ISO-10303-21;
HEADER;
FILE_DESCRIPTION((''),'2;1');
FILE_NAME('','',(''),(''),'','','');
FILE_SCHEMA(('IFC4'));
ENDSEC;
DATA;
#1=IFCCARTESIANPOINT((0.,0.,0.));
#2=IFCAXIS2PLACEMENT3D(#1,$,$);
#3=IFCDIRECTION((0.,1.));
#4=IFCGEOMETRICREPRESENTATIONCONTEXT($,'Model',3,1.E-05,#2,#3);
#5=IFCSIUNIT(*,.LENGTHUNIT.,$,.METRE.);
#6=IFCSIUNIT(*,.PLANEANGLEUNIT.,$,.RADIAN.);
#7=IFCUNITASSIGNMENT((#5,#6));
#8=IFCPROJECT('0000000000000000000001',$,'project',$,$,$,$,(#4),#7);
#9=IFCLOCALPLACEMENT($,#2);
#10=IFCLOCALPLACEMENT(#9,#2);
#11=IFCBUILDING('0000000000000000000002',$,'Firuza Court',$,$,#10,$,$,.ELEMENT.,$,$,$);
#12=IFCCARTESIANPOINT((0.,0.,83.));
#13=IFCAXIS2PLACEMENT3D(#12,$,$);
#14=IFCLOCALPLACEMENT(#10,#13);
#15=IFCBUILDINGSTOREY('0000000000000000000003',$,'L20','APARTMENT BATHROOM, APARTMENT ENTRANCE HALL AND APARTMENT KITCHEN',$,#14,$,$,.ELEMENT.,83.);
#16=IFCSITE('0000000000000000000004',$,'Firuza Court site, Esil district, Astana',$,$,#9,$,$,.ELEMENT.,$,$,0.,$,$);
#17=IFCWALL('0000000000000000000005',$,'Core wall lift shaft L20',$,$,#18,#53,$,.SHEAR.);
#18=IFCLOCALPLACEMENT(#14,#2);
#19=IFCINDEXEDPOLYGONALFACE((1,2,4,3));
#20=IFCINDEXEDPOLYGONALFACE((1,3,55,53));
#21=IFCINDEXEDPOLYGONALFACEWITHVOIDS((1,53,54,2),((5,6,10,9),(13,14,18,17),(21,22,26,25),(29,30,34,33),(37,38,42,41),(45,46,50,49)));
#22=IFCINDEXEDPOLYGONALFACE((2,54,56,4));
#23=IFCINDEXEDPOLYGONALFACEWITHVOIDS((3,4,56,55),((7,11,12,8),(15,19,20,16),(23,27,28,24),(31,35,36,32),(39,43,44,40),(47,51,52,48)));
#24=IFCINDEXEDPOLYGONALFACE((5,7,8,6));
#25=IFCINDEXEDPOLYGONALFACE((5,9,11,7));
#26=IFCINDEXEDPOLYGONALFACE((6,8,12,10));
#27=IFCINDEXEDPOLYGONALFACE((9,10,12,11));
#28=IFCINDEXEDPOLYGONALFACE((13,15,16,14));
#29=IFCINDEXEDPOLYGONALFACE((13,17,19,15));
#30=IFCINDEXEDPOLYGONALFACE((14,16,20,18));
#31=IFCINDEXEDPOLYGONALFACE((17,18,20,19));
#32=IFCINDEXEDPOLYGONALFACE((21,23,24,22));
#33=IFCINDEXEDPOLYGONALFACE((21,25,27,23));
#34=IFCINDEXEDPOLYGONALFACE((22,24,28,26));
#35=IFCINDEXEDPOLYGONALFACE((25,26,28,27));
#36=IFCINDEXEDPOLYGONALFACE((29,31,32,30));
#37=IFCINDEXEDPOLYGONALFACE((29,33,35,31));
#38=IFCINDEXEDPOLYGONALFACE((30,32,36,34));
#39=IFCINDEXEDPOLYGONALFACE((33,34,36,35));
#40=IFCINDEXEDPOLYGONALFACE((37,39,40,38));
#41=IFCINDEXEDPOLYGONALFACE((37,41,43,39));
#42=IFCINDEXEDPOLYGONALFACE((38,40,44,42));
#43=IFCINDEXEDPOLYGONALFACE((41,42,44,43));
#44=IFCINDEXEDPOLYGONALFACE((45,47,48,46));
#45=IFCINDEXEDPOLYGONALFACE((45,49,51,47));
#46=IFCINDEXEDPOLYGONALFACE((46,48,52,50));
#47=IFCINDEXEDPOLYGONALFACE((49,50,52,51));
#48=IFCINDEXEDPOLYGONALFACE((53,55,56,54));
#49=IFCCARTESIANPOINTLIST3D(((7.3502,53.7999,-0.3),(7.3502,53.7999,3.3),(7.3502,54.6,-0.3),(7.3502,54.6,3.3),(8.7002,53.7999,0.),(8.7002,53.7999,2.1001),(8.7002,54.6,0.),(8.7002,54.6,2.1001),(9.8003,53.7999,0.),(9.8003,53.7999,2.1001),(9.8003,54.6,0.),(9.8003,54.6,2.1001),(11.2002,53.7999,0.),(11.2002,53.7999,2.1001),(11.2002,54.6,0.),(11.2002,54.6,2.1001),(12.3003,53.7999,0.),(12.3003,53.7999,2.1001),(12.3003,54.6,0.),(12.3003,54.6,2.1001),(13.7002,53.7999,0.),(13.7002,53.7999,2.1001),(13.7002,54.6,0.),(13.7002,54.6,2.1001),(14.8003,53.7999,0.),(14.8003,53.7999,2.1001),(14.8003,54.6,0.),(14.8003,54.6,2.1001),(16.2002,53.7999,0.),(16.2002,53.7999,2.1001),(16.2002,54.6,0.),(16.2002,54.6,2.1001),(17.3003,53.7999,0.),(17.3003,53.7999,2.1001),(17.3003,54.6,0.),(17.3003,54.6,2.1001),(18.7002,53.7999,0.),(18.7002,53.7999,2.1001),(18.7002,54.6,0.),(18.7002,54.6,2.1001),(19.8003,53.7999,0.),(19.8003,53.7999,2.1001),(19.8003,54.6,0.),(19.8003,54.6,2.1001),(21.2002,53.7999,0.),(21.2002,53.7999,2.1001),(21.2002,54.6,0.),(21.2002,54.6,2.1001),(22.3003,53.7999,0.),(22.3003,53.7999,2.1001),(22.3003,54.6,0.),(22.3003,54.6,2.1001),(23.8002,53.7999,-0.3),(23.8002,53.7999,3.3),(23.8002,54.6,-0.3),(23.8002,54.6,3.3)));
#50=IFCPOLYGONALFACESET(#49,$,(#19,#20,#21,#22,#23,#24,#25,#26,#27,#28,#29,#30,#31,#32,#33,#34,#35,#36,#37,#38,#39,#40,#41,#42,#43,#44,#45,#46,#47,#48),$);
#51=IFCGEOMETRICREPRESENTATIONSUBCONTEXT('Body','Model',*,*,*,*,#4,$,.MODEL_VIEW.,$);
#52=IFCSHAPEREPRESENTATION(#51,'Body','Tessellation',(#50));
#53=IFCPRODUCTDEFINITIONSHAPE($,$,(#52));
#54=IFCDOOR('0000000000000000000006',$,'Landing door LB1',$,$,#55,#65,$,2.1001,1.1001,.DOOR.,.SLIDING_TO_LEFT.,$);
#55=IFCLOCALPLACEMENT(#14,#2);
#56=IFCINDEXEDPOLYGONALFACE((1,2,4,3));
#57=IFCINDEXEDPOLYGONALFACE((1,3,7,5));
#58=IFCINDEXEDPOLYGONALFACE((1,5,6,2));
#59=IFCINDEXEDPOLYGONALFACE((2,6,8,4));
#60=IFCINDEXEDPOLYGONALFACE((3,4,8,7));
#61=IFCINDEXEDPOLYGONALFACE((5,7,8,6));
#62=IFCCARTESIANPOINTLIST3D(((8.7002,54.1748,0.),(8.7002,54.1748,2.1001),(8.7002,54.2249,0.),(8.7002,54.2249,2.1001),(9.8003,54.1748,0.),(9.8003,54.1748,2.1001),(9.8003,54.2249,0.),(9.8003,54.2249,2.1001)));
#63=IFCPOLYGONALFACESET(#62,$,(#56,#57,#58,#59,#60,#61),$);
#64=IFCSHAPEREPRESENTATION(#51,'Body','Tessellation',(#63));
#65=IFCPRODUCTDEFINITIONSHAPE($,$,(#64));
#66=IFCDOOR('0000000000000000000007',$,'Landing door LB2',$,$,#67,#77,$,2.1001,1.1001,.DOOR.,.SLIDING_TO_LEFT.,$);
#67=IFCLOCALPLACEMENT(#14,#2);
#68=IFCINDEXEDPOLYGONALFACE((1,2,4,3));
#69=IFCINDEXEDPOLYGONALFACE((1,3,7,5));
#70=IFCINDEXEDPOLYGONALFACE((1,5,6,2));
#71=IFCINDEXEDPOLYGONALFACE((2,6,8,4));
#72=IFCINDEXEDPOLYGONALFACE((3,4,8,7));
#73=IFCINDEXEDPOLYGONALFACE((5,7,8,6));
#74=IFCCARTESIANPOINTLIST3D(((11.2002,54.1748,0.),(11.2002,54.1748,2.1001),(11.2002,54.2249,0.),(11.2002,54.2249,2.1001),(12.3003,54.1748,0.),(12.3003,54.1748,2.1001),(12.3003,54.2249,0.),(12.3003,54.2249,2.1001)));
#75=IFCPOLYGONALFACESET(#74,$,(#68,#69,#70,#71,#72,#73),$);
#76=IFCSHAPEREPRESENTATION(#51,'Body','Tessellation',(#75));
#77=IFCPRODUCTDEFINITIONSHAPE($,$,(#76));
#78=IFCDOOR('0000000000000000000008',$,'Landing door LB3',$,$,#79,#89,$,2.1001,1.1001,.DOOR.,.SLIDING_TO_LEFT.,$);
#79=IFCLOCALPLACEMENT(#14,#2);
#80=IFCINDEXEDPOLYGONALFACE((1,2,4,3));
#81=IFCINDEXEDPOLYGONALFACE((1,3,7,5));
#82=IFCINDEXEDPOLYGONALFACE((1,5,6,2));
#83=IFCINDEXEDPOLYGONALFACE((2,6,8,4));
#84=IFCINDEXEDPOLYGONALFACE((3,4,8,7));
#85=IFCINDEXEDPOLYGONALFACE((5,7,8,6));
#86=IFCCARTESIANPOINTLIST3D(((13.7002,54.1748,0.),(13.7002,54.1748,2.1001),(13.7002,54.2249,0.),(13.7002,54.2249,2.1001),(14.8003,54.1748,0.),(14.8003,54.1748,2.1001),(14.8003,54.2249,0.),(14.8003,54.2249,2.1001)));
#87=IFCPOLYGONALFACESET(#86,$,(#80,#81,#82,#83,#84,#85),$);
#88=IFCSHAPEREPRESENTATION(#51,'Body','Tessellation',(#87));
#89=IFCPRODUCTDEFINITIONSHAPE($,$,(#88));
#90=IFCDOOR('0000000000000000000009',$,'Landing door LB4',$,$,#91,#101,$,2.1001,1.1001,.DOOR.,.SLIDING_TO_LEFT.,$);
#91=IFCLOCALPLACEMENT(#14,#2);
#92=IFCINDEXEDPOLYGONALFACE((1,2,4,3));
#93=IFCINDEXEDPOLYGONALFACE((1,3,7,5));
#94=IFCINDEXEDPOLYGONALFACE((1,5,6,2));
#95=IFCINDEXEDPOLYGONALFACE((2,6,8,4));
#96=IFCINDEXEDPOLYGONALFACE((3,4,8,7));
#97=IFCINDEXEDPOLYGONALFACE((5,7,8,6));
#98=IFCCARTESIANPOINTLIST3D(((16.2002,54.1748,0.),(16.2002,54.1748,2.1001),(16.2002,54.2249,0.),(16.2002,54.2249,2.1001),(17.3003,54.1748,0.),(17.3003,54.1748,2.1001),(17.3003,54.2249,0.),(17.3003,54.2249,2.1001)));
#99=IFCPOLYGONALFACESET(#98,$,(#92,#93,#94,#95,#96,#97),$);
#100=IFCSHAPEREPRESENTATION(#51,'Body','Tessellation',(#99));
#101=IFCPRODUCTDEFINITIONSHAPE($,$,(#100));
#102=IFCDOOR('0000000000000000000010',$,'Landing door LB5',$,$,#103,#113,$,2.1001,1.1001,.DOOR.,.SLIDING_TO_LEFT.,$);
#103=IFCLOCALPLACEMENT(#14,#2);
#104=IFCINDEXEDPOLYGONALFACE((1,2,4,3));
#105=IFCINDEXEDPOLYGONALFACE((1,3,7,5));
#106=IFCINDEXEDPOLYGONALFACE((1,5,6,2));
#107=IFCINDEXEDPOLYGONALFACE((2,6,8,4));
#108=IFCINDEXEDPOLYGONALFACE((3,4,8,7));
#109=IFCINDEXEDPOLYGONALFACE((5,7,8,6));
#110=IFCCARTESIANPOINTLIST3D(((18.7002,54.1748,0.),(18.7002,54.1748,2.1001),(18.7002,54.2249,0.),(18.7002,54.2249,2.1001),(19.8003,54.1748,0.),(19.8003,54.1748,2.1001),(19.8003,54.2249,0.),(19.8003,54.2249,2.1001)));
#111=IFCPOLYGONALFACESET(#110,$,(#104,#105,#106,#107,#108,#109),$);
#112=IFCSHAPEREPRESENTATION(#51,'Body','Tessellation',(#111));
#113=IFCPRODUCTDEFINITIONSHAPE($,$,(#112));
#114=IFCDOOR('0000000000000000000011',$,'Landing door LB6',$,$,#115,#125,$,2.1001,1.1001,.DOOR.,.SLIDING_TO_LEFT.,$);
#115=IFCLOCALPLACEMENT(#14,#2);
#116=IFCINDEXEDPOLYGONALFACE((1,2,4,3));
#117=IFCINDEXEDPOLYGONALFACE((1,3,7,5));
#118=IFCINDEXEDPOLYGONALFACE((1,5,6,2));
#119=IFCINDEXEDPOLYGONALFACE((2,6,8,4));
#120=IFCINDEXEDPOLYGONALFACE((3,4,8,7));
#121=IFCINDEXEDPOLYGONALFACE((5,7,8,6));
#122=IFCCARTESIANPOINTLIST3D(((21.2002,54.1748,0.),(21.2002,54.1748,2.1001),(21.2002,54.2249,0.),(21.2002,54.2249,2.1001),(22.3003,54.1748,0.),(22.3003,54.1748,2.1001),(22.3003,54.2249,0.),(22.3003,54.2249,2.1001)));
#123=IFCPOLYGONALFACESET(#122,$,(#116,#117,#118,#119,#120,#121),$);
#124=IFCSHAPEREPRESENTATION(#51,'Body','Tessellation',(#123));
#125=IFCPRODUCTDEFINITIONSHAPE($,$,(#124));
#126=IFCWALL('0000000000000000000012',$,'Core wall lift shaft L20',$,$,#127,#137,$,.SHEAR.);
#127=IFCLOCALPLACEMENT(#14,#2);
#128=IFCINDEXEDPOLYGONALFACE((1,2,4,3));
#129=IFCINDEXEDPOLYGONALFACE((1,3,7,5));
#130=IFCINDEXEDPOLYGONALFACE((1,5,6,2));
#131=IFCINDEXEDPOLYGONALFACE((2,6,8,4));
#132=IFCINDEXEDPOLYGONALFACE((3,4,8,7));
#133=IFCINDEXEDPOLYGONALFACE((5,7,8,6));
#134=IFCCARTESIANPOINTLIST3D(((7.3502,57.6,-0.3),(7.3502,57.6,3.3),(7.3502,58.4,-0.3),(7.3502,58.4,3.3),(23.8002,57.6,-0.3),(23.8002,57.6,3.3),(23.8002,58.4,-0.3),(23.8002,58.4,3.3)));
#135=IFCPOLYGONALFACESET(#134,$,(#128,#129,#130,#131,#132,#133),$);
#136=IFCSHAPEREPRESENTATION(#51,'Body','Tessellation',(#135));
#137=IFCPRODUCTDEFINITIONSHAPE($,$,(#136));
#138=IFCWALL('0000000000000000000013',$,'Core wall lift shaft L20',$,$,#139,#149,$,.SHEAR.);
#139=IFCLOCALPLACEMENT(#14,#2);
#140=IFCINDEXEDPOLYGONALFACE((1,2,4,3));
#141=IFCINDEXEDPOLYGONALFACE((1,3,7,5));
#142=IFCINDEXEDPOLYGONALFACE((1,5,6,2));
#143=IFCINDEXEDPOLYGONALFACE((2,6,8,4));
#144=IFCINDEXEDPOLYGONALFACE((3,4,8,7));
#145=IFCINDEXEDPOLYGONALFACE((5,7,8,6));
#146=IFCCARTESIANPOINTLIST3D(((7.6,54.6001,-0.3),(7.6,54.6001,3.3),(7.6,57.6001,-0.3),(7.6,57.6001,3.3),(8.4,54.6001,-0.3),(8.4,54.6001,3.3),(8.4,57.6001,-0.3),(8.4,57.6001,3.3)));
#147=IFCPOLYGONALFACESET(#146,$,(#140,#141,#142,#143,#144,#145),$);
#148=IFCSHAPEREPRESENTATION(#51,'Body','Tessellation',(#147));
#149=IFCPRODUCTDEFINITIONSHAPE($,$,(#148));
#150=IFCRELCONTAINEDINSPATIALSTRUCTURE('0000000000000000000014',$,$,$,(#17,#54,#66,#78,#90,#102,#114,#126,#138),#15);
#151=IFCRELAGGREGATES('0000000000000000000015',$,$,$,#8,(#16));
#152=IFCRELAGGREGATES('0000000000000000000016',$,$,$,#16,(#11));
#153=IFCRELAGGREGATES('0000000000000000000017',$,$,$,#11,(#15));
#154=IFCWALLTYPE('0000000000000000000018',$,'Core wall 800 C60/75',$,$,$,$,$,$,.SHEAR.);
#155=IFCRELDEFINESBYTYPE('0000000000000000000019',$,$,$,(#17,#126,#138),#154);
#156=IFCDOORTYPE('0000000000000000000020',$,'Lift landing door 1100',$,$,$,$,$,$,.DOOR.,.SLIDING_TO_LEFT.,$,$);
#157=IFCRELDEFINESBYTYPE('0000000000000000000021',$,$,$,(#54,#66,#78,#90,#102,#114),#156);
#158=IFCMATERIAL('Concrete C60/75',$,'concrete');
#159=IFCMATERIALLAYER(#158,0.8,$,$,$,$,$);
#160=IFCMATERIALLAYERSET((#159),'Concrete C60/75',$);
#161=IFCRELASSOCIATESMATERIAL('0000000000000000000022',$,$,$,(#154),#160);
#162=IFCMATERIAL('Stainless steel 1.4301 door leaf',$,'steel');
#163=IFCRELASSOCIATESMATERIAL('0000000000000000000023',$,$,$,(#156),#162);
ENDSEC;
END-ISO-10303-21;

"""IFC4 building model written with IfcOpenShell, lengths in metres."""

from ifc_helpers import new_model, si_unit, direction, frame, frame_2d, origin, place, context, subcontext, project, spatial, rectangle, extrude, material, layer, layer_set, type_object, element, fill, save


model = new_model("IFC4")

# Units and contexts
model_context = context("Model", 3, precision=1e-05, world=origin(), true_north=direction((0.0, 1.0)))
body_context = subcontext(model_context, "Body", "Model", "MODEL_VIEW")
ifc_project = project(units=[si_unit("LENGTHUNIT", "METRE"), si_unit("PLANEANGLEUNIT", "RADIAN")], contexts=[model_context])

# Site, building, storey
site_placement = place(None, origin())
site = spatial("IfcSite", under=ifc_project, at=site_placement, Name="Firuza Court site, Esil district, Astana", CompositionType="ELEMENT", RefElevation=0.0)
building_placement = place(site_placement, origin())
building = spatial("IfcBuilding", under=site, at=building_placement, Name="Firuza Court", CompositionType="ELEMENT")
storey_placement = place(building_placement, frame((0.0, 0.0, 83.0)))
storey = spatial("IfcBuildingStorey", under=building, at=storey_placement, Name="L20", Description="APARTMENT BATHROOM, APARTMENT ENTRANCE HALL AND APARTMENT KITCHEN", CompositionType="ELEMENT", Elevation=83.0)

# Shared definitions
ifc_material_1 = material(Name="Concrete C60/75", Category="concrete")

# Wall, openings, doors
ifc_layer_1 = layer(ifc_material_1, 0.8)
ifc_layer_set_1 = layer_set([ifc_layer_1], Name="Concrete C60/75")
wall_type_1 = type_object("IfcWallType", Name="Core wall 800 C60/75", PredefinedType="SHEAR", material=ifc_layer_set_1)
wall_1_placement = place(storey_placement, frame((7.3501, 54.2, -0.3), z_axis=(0.0, 0.0, 1.0), x_axis=(1.0, 0.0, 0.0)))
wall_1 = element("IfcWall", 1, at=wall_1_placement, inside=storey, type_object=wall_type_1, Name="Core wall lift shaft L20", PredefinedType="SHEAR", context=body_context, shape_type="SweptSolid", body=[
    extrude(rectangle(XDim=16.45, YDim=0.8, at=frame_2d((8.2251, 0.0))), origin(), (0.0, 0.0, 1.0), 3.6001),
])
opening_1_placement = place(wall_1_placement, frame((1.3501, 0.0, 0.3)))
opening_1 = element("IfcOpeningElement", 2, at=opening_1_placement, cuts=wall_1, PredefinedType="OPENING", context=body_context, shape_type="SweptSolid", body=[
    extrude(rectangle(XDim=1.1001, YDim=2.1001, at=frame_2d((0.55, 1.05))), frame((0.0, 0.4121, 0.0), z_axis=(0.0, -1.0, 0.0), x_axis=(1.0, 0.0, 0.0)), (0.0, 0.0, 1.0), 0.824),
])
opening_2_placement = place(wall_1_placement, frame((3.8501, 0.0, 0.3)))
opening_2 = element("IfcOpeningElement", 3, at=opening_2_placement, cuts=wall_1, PredefinedType="OPENING", context=body_context, shape_type="SweptSolid", body=[
    extrude(rectangle(XDim=1.1001, YDim=2.1001, at=frame_2d((0.55, 1.05))), frame((0.0, 0.4121, 0.0), z_axis=(0.0, -1.0, 0.0), x_axis=(1.0, 0.0, 0.0)), (0.0, 0.0, 1.0), 0.824),
])
opening_3_placement = place(wall_1_placement, frame((6.3501, 0.0, 0.3)))
opening_3 = element("IfcOpeningElement", 4, at=opening_3_placement, cuts=wall_1, PredefinedType="OPENING", context=body_context, shape_type="SweptSolid", body=[
    extrude(rectangle(XDim=1.1001, YDim=2.1001, at=frame_2d((0.55, 1.05))), frame((0.0, 0.4121, 0.0), z_axis=(0.0, -1.0, 0.0), x_axis=(1.0, 0.0, 0.0)), (0.0, 0.0, 1.0), 0.824),
])
opening_4_placement = place(wall_1_placement, frame((8.8501, 0.0, 0.3)))
opening_4 = element("IfcOpeningElement", 5, at=opening_4_placement, cuts=wall_1, PredefinedType="OPENING", context=body_context, shape_type="SweptSolid", body=[
    extrude(rectangle(XDim=1.1001, YDim=2.1001, at=frame_2d((0.55, 1.05))), frame((0.0, 0.4121, 0.0), z_axis=(0.0, -1.0, 0.0), x_axis=(1.0, 0.0, 0.0)), (0.0, 0.0, 1.0), 0.824),
])
opening_5_placement = place(wall_1_placement, frame((11.3501, 0.0, 0.3)))
opening_5 = element("IfcOpeningElement", 6, at=opening_5_placement, cuts=wall_1, PredefinedType="OPENING", context=body_context, shape_type="SweptSolid", body=[
    extrude(rectangle(XDim=1.1001, YDim=2.1001, at=frame_2d((0.55, 1.05))), frame((0.0, 0.4121, 0.0), z_axis=(0.0, -1.0, 0.0), x_axis=(1.0, 0.0, 0.0)), (0.0, 0.0, 1.0), 0.824),
])
opening_6_placement = place(wall_1_placement, frame((13.8501, 0.0, 0.3)))
opening_6 = element("IfcOpeningElement", 7, at=opening_6_placement, cuts=wall_1, PredefinedType="OPENING", context=body_context, shape_type="SweptSolid", body=[
    extrude(rectangle(XDim=1.1001, YDim=2.1001, at=frame_2d((0.55, 1.05))), frame((0.0, 0.4121, 0.0), z_axis=(0.0, -1.0, 0.0), x_axis=(1.0, 0.0, 0.0)), (0.0, 0.0, 1.0), 0.824),
])
ifc_material_2 = material(Name="Stainless steel 1.4301 door leaf", Category="steel")
door_type = type_object("IfcDoorType", Name="Lift landing door 1100", OperationType="SLIDING_TO_LEFT", PredefinedType="DOOR", material=ifc_material_2)
door_1_placement = place(opening_1_placement, origin())
door_1 = element("IfcDoor", 8, at=door_1_placement, inside=storey, type_object=door_type, Name="Landing door LB1", OperationType="SLIDING_TO_LEFT", OverallHeight=2.1001, OverallWidth=1.1001, PredefinedType="DOOR", context=body_context, shape_type="SweptSolid", body=[
    extrude(rectangle(XDim=1.1001, YDim=2.1001, at=frame_2d((0.55, 1.05))), frame((0.0, 0.0249, 0.0), z_axis=(0.0, -1.0, 0.0), x_axis=(1.0, 0.0, 0.0)), (0.0, 0.0, 1.0), 0.05),
])
fill(opening_1, door_1)
door_2_placement = place(opening_2_placement, origin())
door_2 = element("IfcDoor", 9, at=door_2_placement, inside=storey, type_object=door_type, Name="Landing door LB2", OperationType="SLIDING_TO_LEFT", OverallHeight=2.1001, OverallWidth=1.1001, PredefinedType="DOOR", context=body_context, shape_type="SweptSolid", body=[
    extrude(rectangle(XDim=1.1001, YDim=2.1001, at=frame_2d((0.55, 1.05))), frame((0.0, 0.0249, 0.0), z_axis=(0.0, -1.0, 0.0), x_axis=(1.0, 0.0, 0.0)), (0.0, 0.0, 1.0), 0.05),
])
fill(opening_2, door_2)
door_3_placement = place(opening_3_placement, origin())
door_3 = element("IfcDoor", 10, at=door_3_placement, inside=storey, type_object=door_type, Name="Landing door LB3", OperationType="SLIDING_TO_LEFT", OverallHeight=2.1001, OverallWidth=1.1001, PredefinedType="DOOR", context=body_context, shape_type="SweptSolid", body=[
    extrude(rectangle(XDim=1.1001, YDim=2.1001, at=frame_2d((0.55, 1.05))), frame((0.0, 0.0249, 0.0), z_axis=(0.0, -1.0, 0.0), x_axis=(1.0, 0.0, 0.0)), (0.0, 0.0, 1.0), 0.05),
])
fill(opening_3, door_3)
door_4_placement = place(opening_4_placement, origin())
door_4 = element("IfcDoor", 11, at=door_4_placement, inside=storey, type_object=door_type, Name="Landing door LB4", OperationType="SLIDING_TO_LEFT", OverallHeight=2.1001, OverallWidth=1.1001, PredefinedType="DOOR", context=body_context, shape_type="SweptSolid", body=[
    extrude(rectangle(XDim=1.1001, YDim=2.1001, at=frame_2d((0.55, 1.05))), frame((0.0, 0.0249, 0.0), z_axis=(0.0, -1.0, 0.0), x_axis=(1.0, 0.0, 0.0)), (0.0, 0.0, 1.0), 0.05),
])
fill(opening_4, door_4)
door_5_placement = place(opening_5_placement, origin())
door_5 = element("IfcDoor", 12, at=door_5_placement, inside=storey, type_object=door_type, Name="Landing door LB5", OperationType="SLIDING_TO_LEFT", OverallHeight=2.1001, OverallWidth=1.1001, PredefinedType="DOOR", context=body_context, shape_type="SweptSolid", body=[
    extrude(rectangle(XDim=1.1001, YDim=2.1001, at=frame_2d((0.55, 1.05))), frame((0.0, 0.0249, 0.0), z_axis=(0.0, -1.0, 0.0), x_axis=(1.0, 0.0, 0.0)), (0.0, 0.0, 1.0), 0.05),
])
fill(opening_5, door_5)
door_6_placement = place(opening_6_placement, origin())
door_6 = element("IfcDoor", 13, at=door_6_placement, inside=storey, type_object=door_type, Name="Landing door LB6", OperationType="SLIDING_TO_LEFT", OverallHeight=2.1001, OverallWidth=1.1001, PredefinedType="DOOR", context=body_context, shape_type="SweptSolid", body=[
    extrude(rectangle(XDim=1.1001, YDim=2.1001, at=frame_2d((0.55, 1.05))), frame((0.0, 0.0249, 0.0), z_axis=(0.0, -1.0, 0.0), x_axis=(1.0, 0.0, 0.0)), (0.0, 0.0, 1.0), 0.05),
])
fill(opening_6, door_6)

# Walls
wall_2_placement = place(storey_placement, frame((7.3501, 58.0, -0.3), z_axis=(0.0, 0.0, 1.0), x_axis=(1.0, 0.0, 0.0)))
element("IfcWall", 14, at=wall_2_placement, inside=storey, type_object=wall_type_1, Name="Core wall lift shaft L20", PredefinedType="SHEAR", context=body_context, shape_type="SweptSolid", body=[
    extrude(rectangle(XDim=16.45, YDim=0.8, at=frame_2d((8.2251, 0.0))), origin(), (0.0, 0.0, 1.0), 3.6001),
])
wall_3_placement = place(storey_placement, frame((8.0, 54.6001, -0.3), z_axis=(0.0, 0.0, 1.0), x_axis=(0.0, 1.0, 0.0)))
element("IfcWall", 15, at=wall_3_placement, inside=storey, type_object=wall_type_1, Name="Core wall lift shaft L20", PredefinedType="SHEAR", context=body_context, shape_type="SweptSolid", body=[
    extrude(rectangle(XDim=3.0, YDim=0.8, at=frame_2d((1.5, 0.0))), origin(), (0.0, 0.0, 1.0), 3.6001),
])

save(model, "model.ifc")
